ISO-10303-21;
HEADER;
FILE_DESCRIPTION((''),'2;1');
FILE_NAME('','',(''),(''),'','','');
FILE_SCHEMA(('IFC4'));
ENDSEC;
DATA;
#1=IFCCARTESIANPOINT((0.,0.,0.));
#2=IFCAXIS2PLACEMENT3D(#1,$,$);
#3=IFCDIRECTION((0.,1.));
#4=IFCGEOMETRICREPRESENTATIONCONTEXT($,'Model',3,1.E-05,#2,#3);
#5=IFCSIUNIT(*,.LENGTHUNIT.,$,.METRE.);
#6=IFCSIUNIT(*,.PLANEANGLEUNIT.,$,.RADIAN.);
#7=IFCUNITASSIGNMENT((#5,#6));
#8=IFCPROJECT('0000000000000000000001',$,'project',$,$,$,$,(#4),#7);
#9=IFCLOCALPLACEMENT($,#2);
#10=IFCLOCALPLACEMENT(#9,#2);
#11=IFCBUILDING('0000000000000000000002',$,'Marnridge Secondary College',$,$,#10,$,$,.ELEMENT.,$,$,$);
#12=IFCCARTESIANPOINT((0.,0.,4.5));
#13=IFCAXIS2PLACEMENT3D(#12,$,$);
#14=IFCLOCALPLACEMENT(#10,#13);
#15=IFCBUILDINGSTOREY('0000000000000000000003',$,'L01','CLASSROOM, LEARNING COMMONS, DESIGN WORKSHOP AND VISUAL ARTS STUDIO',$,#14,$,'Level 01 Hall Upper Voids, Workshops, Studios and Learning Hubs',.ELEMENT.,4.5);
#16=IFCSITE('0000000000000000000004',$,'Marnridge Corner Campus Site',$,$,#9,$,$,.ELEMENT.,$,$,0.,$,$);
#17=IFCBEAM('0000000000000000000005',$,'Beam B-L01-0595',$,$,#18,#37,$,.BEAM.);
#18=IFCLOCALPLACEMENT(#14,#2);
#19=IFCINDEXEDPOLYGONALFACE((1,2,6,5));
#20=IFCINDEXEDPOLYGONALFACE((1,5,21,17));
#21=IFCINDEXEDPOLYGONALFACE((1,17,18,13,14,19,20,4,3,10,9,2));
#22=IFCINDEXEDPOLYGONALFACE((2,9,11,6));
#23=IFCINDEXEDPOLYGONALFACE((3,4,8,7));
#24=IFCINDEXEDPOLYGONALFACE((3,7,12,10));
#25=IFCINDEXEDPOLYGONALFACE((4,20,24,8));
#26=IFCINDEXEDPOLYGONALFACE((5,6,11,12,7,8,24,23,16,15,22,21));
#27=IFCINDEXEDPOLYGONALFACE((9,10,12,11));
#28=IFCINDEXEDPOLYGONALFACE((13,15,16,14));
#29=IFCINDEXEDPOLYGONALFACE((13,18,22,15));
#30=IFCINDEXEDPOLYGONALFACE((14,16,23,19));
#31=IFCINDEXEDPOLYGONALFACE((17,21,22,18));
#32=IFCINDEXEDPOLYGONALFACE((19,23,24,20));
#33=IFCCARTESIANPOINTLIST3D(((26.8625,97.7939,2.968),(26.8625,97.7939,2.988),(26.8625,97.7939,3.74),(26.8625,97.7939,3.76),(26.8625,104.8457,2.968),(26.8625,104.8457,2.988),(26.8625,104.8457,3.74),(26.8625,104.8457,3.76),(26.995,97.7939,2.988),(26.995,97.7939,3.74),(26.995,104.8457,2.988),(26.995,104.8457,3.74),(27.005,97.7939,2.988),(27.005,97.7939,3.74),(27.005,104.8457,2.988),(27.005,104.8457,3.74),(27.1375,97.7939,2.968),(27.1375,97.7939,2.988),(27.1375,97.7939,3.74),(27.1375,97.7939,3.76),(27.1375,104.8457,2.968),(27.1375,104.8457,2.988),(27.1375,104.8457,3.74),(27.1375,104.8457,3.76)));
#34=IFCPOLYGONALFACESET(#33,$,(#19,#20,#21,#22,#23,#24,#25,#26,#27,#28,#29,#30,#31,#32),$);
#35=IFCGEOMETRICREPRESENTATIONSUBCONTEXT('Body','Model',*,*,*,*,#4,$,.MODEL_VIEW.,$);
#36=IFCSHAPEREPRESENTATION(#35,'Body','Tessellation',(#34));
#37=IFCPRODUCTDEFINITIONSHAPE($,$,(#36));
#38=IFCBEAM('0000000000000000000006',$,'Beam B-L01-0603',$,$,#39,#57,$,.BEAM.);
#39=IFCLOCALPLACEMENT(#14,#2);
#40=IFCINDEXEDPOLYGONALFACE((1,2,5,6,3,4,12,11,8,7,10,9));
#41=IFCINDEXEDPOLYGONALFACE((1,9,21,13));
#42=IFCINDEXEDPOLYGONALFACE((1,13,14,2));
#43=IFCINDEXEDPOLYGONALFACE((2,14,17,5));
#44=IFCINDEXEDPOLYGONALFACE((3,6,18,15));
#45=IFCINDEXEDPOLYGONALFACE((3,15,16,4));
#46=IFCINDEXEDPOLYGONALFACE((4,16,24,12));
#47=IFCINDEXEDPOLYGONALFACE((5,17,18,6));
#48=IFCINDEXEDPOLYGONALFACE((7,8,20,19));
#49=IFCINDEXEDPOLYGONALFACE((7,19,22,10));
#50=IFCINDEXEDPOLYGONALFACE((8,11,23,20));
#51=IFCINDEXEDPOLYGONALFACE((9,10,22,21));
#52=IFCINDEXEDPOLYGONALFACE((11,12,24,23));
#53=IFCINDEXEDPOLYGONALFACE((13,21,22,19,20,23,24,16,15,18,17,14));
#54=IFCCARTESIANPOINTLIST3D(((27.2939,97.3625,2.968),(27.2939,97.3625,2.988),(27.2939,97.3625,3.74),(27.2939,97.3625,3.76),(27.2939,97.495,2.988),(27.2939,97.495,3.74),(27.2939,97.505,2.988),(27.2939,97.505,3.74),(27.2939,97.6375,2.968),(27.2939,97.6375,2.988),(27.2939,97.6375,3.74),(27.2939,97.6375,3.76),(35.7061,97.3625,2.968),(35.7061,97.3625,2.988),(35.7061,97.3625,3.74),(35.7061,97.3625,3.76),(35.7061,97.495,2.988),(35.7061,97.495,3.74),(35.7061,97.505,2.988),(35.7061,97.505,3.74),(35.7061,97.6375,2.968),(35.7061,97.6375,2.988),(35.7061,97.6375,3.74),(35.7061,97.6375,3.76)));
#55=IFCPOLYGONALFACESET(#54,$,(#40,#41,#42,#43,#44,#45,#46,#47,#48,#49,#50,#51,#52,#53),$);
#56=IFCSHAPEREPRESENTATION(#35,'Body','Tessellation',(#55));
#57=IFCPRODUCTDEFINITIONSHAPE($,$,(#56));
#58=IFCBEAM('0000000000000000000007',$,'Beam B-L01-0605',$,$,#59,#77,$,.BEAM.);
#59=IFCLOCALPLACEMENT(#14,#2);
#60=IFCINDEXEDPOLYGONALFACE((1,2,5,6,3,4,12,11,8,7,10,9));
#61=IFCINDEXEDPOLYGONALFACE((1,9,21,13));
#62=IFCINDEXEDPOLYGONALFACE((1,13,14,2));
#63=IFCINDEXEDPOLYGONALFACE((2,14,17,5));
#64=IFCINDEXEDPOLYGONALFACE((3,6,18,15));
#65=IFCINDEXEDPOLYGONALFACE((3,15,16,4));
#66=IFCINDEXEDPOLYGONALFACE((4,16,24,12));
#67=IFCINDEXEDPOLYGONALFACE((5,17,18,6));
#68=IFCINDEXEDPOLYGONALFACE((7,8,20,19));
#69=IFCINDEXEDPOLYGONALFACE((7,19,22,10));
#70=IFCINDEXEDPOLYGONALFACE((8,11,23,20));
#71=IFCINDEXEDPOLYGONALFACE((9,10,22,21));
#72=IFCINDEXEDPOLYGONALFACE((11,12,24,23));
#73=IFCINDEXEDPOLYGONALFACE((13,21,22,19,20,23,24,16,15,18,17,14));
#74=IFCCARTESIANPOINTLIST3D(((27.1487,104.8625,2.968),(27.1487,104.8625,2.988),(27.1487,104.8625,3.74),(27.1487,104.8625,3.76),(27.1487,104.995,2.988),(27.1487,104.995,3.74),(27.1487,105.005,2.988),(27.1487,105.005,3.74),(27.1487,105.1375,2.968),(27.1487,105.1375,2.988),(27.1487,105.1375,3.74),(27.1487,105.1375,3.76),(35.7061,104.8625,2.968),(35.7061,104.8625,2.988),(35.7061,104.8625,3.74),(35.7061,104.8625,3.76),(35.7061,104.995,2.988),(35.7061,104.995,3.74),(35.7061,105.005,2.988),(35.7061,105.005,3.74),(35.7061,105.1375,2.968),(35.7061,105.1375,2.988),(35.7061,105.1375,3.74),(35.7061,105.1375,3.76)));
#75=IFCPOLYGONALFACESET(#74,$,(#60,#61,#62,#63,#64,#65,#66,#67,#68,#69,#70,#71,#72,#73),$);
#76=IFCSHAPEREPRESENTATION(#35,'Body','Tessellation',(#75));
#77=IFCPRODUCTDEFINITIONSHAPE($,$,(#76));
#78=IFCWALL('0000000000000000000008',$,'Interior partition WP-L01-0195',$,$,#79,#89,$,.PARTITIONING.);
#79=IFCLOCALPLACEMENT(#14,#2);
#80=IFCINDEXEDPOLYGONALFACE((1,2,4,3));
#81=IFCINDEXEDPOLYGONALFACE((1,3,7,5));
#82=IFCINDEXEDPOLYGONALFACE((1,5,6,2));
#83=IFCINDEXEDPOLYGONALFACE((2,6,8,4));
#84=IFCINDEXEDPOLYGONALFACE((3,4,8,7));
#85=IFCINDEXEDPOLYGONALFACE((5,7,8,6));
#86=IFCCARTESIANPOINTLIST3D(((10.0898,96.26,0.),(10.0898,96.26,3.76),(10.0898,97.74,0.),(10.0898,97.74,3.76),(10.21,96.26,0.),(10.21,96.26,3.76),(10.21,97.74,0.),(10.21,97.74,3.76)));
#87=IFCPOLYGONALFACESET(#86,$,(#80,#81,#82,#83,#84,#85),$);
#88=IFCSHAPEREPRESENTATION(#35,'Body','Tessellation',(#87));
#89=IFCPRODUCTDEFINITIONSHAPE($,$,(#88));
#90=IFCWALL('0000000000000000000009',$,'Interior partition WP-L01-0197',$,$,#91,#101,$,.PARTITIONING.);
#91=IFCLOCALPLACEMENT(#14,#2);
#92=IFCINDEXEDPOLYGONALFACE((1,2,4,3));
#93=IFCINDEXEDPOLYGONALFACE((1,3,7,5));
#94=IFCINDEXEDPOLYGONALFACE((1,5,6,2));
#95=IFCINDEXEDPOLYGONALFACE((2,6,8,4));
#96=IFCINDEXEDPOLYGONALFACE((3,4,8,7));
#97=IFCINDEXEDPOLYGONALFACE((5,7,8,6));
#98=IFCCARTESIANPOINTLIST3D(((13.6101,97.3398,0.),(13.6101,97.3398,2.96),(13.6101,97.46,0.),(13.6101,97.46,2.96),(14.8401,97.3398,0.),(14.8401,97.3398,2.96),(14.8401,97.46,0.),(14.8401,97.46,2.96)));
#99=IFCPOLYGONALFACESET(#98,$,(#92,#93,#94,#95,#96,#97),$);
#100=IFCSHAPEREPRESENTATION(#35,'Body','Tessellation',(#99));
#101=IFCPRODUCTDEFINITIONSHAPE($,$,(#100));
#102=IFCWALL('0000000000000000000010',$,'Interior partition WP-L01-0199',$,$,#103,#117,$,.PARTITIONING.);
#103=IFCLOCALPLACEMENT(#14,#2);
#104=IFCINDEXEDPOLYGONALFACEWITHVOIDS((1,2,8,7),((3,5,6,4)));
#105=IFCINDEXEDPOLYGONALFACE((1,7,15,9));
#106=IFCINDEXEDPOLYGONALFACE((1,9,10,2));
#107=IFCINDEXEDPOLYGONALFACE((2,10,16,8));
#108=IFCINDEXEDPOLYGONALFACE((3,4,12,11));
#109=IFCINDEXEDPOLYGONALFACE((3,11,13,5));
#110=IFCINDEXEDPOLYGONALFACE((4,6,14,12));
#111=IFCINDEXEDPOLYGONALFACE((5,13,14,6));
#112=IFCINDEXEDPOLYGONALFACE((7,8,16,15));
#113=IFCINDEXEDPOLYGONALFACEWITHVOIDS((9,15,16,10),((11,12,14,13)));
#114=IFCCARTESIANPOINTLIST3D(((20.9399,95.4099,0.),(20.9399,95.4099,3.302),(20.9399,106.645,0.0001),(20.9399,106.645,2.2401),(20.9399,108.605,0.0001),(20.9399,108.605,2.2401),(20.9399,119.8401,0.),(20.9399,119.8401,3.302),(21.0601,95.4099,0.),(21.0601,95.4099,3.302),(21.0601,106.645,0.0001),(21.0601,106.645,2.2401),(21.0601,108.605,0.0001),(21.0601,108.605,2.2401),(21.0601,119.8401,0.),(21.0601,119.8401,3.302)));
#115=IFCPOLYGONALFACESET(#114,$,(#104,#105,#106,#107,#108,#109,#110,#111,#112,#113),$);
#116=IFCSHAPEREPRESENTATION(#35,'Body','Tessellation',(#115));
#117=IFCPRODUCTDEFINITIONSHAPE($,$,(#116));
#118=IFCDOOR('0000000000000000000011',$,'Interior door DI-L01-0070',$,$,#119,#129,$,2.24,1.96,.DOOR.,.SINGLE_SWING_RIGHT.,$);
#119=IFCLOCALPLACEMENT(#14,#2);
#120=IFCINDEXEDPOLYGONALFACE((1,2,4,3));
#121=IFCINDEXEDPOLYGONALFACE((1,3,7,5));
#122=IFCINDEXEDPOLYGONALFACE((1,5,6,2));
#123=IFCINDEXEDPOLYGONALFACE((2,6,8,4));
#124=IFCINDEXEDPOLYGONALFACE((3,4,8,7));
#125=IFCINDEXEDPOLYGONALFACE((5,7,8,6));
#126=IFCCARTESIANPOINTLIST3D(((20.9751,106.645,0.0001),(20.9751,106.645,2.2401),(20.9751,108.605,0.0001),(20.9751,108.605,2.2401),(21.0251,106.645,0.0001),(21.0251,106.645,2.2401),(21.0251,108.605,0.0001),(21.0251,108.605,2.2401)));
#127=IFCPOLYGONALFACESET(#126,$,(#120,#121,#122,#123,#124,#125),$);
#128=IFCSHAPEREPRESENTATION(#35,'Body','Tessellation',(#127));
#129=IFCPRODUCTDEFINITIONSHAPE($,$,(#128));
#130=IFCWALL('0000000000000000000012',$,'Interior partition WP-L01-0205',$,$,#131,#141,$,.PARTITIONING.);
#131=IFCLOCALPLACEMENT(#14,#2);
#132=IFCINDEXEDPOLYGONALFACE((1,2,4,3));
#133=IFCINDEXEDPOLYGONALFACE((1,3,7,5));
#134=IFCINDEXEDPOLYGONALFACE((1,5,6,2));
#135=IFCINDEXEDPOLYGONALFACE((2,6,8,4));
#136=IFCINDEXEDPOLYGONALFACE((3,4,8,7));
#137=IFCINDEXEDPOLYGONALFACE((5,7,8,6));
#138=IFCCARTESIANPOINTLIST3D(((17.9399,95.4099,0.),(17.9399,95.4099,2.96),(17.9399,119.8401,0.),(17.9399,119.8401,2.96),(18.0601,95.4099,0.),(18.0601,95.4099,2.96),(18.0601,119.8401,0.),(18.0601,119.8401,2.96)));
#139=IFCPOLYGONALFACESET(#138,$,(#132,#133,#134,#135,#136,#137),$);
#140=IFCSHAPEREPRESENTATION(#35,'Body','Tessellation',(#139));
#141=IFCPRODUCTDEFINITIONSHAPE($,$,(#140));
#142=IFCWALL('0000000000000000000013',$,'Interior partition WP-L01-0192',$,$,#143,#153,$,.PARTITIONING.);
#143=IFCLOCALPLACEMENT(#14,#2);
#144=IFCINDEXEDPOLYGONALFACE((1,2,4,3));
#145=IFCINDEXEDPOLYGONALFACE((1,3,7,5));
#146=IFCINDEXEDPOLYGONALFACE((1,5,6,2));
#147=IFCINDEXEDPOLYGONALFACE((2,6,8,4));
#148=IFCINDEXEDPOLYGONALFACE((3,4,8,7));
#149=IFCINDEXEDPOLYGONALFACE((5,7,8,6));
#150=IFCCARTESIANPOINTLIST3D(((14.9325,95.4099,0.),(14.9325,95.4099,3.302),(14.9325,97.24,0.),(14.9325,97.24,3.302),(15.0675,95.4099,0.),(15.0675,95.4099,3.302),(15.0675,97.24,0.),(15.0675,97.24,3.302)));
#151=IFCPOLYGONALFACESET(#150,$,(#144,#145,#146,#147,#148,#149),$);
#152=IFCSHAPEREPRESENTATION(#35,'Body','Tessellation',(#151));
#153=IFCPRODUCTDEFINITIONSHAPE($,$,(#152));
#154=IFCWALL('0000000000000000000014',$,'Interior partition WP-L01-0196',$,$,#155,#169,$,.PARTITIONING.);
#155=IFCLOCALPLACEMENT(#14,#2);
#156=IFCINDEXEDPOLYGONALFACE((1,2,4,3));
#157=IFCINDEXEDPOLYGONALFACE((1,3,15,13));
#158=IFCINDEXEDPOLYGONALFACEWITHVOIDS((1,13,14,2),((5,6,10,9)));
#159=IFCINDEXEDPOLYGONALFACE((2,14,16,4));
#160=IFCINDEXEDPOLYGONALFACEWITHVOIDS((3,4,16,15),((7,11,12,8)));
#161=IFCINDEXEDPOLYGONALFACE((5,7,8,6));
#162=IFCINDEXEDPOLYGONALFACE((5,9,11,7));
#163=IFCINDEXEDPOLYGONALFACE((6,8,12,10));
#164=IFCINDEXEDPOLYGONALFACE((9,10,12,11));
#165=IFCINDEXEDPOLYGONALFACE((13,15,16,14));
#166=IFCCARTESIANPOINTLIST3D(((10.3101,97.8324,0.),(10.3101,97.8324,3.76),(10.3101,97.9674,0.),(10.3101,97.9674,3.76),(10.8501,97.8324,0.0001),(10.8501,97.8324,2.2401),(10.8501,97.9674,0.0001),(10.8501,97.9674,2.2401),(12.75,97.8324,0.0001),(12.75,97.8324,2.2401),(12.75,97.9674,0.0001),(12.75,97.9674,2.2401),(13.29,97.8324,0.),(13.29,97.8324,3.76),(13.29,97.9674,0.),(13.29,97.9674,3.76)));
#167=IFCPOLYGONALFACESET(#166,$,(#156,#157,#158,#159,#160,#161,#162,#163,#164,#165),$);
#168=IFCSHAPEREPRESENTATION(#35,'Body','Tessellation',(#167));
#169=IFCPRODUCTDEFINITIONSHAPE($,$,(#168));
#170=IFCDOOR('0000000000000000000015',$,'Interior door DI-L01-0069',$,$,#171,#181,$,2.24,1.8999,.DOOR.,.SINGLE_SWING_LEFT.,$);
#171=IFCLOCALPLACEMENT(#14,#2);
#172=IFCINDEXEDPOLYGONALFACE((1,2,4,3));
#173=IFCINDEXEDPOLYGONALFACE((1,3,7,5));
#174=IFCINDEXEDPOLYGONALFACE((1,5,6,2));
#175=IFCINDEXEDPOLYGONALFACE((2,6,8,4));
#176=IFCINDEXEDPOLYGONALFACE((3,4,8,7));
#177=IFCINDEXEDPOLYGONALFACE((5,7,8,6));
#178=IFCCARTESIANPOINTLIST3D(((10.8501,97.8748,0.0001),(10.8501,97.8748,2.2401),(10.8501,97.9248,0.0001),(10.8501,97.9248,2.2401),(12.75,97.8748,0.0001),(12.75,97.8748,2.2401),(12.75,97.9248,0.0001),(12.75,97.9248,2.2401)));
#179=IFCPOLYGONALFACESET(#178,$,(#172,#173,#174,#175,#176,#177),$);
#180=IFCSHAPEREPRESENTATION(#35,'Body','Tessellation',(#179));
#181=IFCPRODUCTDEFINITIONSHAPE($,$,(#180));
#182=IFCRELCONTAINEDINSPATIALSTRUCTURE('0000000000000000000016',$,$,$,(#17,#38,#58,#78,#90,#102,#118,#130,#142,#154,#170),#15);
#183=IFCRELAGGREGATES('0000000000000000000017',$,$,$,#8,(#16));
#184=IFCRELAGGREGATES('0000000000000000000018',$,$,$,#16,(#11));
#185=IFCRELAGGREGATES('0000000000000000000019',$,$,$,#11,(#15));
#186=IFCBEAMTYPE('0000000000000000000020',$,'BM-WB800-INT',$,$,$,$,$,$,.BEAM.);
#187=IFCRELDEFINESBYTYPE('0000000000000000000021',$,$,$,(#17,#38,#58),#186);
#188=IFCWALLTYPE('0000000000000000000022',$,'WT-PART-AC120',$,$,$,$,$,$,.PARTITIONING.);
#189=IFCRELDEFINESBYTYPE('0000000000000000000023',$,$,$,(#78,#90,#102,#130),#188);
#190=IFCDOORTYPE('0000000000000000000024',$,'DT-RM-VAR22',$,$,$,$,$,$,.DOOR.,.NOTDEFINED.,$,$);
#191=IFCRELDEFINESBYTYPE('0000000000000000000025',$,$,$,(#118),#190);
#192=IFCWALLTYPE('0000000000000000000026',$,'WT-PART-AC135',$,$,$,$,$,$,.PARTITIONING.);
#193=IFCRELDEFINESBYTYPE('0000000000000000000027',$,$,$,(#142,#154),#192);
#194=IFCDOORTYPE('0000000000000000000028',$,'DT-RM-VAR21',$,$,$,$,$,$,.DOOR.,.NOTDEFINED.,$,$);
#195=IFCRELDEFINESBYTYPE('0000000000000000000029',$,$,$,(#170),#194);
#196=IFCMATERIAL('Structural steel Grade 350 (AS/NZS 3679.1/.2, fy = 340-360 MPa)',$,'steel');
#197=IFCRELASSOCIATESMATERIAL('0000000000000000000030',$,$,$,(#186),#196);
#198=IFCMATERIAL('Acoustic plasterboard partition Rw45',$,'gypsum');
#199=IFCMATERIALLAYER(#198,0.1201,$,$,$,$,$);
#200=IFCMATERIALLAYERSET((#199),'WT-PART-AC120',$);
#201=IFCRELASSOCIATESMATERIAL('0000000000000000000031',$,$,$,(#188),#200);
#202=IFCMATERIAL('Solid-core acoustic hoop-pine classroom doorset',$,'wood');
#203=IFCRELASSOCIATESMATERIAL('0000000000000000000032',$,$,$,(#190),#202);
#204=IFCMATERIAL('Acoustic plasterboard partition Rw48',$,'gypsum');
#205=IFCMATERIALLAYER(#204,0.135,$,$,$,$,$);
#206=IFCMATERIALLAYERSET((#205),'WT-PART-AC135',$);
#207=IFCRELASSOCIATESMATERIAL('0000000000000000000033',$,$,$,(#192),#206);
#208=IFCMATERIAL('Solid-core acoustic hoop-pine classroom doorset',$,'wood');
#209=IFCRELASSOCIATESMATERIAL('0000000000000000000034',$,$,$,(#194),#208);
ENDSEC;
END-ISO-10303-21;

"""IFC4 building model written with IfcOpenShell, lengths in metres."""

from ifc_helpers import new_model, si_unit, direction, frame, frame_2d, origin, origin_2d, place, context, subcontext, project, spatial, rectangle, i_section, extrude, material, layer, layer_set, material_profile, profile_set, type_object, element, fill, save


model = new_model("IFC4")

# Units and contexts
model_context = context("Model", 3, precision=1e-05, world=origin(), true_north=direction((0.0, 1.0)))
body_context = subcontext(model_context, "Body", "Model", "MODEL_VIEW")
ifc_project = project(units=[si_unit("LENGTHUNIT", "METRE"), si_unit("PLANEANGLEUNIT", "RADIAN")], contexts=[model_context])

# Site, building, storey
site_placement = place(None, origin())
site = spatial("IfcSite", under=ifc_project, at=site_placement, Name="Marnridge Corner Campus Site", CompositionType="ELEMENT", RefElevation=0.0)
building_placement = place(site_placement, origin())
building = spatial("IfcBuilding", under=site, at=building_placement, Name="Marnridge Secondary College", CompositionType="ELEMENT")
storey_placement = place(building_placement, frame((0.0, 0.0, 4.5)))
storey = spatial("IfcBuildingStorey", under=building, at=storey_placement, Name="L01", Description="CLASSROOM, LEARNING COMMONS, DESIGN WORKSHOP AND VISUAL ARTS STUDIO", LongName="Level 01 Hall Upper Voids, Workshops, Studios and Learning Hubs", CompositionType="ELEMENT", Elevation=4.5)

# Beams
ifc_material_1 = material(Name="Structural steel Grade 350 (AS/NZS 3679.1/.2, fy = 340-360 MPa)", Category="steel")
ifc_material_profile_1 = material_profile(ifc_material_1, i_section(OverallWidth=0.2749, OverallDepth=0.792, WebThickness=0.01, FlangeThickness=0.02, at=origin_2d()), Name="800WB146")
ifc_profile_set_1 = profile_set([ifc_material_profile_1], Name="Structural steel Grade 350 (AS/NZS 3679.1/.2, fy = 340-360 MPa)")
beam_type_1 = type_object("IfcBeamType", Name="BM-WB800-INT", PredefinedType="BEAM", material=ifc_profile_set_1)
beam_1_placement = place(storey_placement, frame((27.0, 97.7939, 3.364), z_axis=(0.0, 1.0, 0.0), x_axis=(-1.0, 0.0, 0.0)))
element("IfcBeam", 1, at=beam_1_placement, inside=storey, type_object=beam_type_1, Name="Beam B-L01-0595", PredefinedType="BEAM", context=body_context, shape_type="SweptSolid", body=[
    extrude(i_section(OverallWidth=0.2749, OverallDepth=0.792, WebThickness=0.01, FlangeThickness=0.02, at=origin_2d()), origin(), (0.0, 0.0, 1.0), 7.0518),
])
beam_2_placement = place(storey_placement, frame((27.2939, 97.5, 3.364), z_axis=(1.0, 0.0, 0.0), x_axis=(0.0, 1.0, 0.0)))
element("IfcBeam", 2, at=beam_2_placement, inside=storey, type_object=beam_type_1, Name="Beam B-L01-0603", PredefinedType="BEAM", context=body_context, shape_type="SweptSolid", body=[
    extrude(i_section(OverallWidth=0.2749, OverallDepth=0.792, WebThickness=0.01, FlangeThickness=0.02, at=origin_2d()), origin(), (0.0, 0.0, 1.0), 8.4121),
])
beam_3_placement = place(storey_placement, frame((27.1487, 105.0, 3.364), z_axis=(1.0, 0.0, 0.0), x_axis=(0.0, 1.0, 0.0)))
element("IfcBeam", 3, at=beam_3_placement, inside=storey, type_object=beam_type_1, Name="Beam B-L01-0605", PredefinedType="BEAM", context=body_context, shape_type="SweptSolid", body=[
    extrude(i_section(OverallWidth=0.2749, OverallDepth=0.792, WebThickness=0.01, FlangeThickness=0.02, at=origin_2d()), origin(), (0.0, 0.0, 1.0), 8.5574),
])

# Walls
ifc_material_2 = material(Name="Acoustic plasterboard partition Rw45", Category="gypsum")
ifc_layer_1 = layer(ifc_material_2, 0.1201)
ifc_layer_set_1 = layer_set([ifc_layer_1], Name="WT-PART-AC120")
wall_type_1 = type_object("IfcWallType", Name="WT-PART-AC120", PredefinedType="PARTITIONING", material=ifc_layer_set_1)
wall_1_placement = place(storey_placement, frame((10.1499, 96.26, 0.0), z_axis=(0.0, 0.0, 1.0), x_axis=(0.0, 1.0, 0.0)))
element("IfcWall", 4, at=wall_1_placement, inside=storey, type_object=wall_type_1, Name="Interior partition WP-L01-0195", PredefinedType="PARTITIONING", context=body_context, shape_type="SweptSolid", body=[
    extrude(rectangle(XDim=1.48, YDim=0.1201, at=frame_2d((0.74, 0.0))), origin(), (0.0, 0.0, 1.0), 3.76),
])
wall_2_placement = place(storey_placement, frame((13.6101, 97.3999, 0.0), z_axis=(0.0, 0.0, 1.0), x_axis=(1.0, 0.0, 0.0)))
element("IfcWall", 5, at=wall_2_placement, inside=storey, type_object=wall_type_1, Name="Interior partition WP-L01-0197", PredefinedType="PARTITIONING", context=body_context, shape_type="SweptSolid", body=[
    extrude(rectangle(XDim=1.23, YDim=0.1201, at=frame_2d((0.615, 0.0))), origin(), (0.0, 0.0, 1.0), 2.96),
])

# Wall, opening, door
wall_3_placement = place(storey_placement, frame((21.0, 95.4099, 0.0), z_axis=(0.0, 0.0, 1.0), x_axis=(0.0, 1.0, 0.0)))
wall_3 = element("IfcWall", 6, at=wall_3_placement, inside=storey, type_object=wall_type_1, Name="Interior partition WP-L01-0199", PredefinedType="PARTITIONING", context=body_context, shape_type="SweptSolid", body=[
    extrude(rectangle(XDim=24.4302, YDim=0.1201, at=frame_2d((12.2151, 0.0))), origin(), (0.0, 0.0, 1.0), 3.302),
])
opening_1_placement = place(wall_3_placement, frame((11.2351, 0.0, 0.0)))
opening_1 = element("IfcOpeningElement", 7, at=opening_1_placement, cuts=wall_3, PredefinedType="OPENING", context=body_context, shape_type="SweptSolid", body=[
    extrude(rectangle(XDim=1.96, YDim=2.24, at=frame_2d((0.98, 1.1201))), frame((0.0, 0.0701, 0.0), z_axis=(0.0, -1.0, 0.0), x_axis=(1.0, 0.0, 0.0)), (0.0, 0.0, 1.0), 0.1401),
])
ifc_material_3 = material(Name="Solid-core acoustic hoop-pine classroom doorset", Category="wood")
door_type_1 = type_object("IfcDoorType", Name="DT-RM-VAR22", OperationType="NOTDEFINED", PredefinedType="DOOR", material=ifc_material_3)
door_1_placement = place(opening_1_placement, origin())
door_1 = element("IfcDoor", 8, at=door_1_placement, inside=storey, type_object=door_type_1, Name="Interior door DI-L01-0070", OperationType="SINGLE_SWING_RIGHT", OverallHeight=2.24, OverallWidth=1.96, PredefinedType="DOOR", context=body_context, shape_type="SweptSolid", body=[
    extrude(rectangle(XDim=1.96, YDim=2.24, at=frame_2d((0.98, 1.1201))), frame((0.0, 0.0249, 0.0), z_axis=(0.0, -1.0, 0.0), x_axis=(1.0, 0.0, 0.0)), (0.0, 0.0, 1.0), 0.05),
])
fill(opening_1, door_1)

# Walls
wall_4_placement = place(storey_placement, frame((18.0, 95.4099, 0.0), z_axis=(0.0, 0.0, 1.0), x_axis=(0.0, 1.0, 0.0)))
element("IfcWall", 9, at=wall_4_placement, inside=storey, type_object=wall_type_1, Name="Interior partition WP-L01-0205", PredefinedType="PARTITIONING", context=body_context, shape_type="SweptSolid", body=[
    extrude(rectangle(XDim=24.4302, YDim=0.1201, at=frame_2d((12.2151, 0.0))), origin(), (0.0, 0.0, 1.0), 2.96),
])
ifc_material_4 = material(Name="Acoustic plasterboard partition Rw48", Category="gypsum")
ifc_layer_2 = layer(ifc_material_4, 0.135)
ifc_layer_set_2 = layer_set([ifc_layer_2], Name="WT-PART-AC135")
wall_type_2 = type_object("IfcWallType", Name="WT-PART-AC135", PredefinedType="PARTITIONING", material=ifc_layer_set_2)
wall_5_placement = place(storey_placement, frame((15.0, 97.24, 0.0), z_axis=(0.0, 0.0, 1.0), x_axis=(0.0, -1.0, 0.0)))
element("IfcWall", 10, at=wall_5_placement, inside=storey, type_object=wall_type_2, Name="Interior partition WP-L01-0192", PredefinedType="PARTITIONING", context=body_context, shape_type="SweptSolid", body=[
    extrude(rectangle(XDim=1.8301, YDim=0.135, at=frame_2d((0.915, 0.0))), origin(), (0.0, 0.0, 1.0), 3.302),
])

# Wall, opening, door
wall_6_placement = place(storey_placement, frame((10.3101, 97.8999, 0.0), z_axis=(0.0, 0.0, 1.0), x_axis=(1.0, 0.0, 0.0)))
wall_6 = element("IfcWall", 11, at=wall_6_placement, inside=storey, type_object=wall_type_2, Name="Interior partition WP-L01-0196", PredefinedType="PARTITIONING", context=body_context, shape_type="SweptSolid", body=[
    extrude(rectangle(XDim=2.98, YDim=0.135, at=frame_2d((1.49, 0.0))), origin(), (0.0, 0.0, 1.0), 3.76),
])
opening_2_placement = place(wall_6_placement, frame((0.54, 0.0, 0.0)))
opening_2 = element("IfcOpeningElement", 12, at=opening_2_placement, cuts=wall_6, PredefinedType="OPENING", context=body_context, shape_type="SweptSolid", body=[
    extrude(rectangle(XDim=1.8999, YDim=2.24, at=frame_2d((0.95, 1.1201))), frame((0.0, 0.0774, 0.0), z_axis=(0.0, -1.0, 0.0), x_axis=(1.0, 0.0, 0.0)), (0.0, 0.0, 1.0), 0.155),
])
ifc_material_5 = material(Name="Solid-core acoustic hoop-pine classroom doorset", Category="wood")
door_type_2 = type_object("IfcDoorType", Name="DT-RM-VAR21", OperationType="NOTDEFINED", PredefinedType="DOOR", material=ifc_material_5)
door_2_placement = place(opening_2_placement, origin())
door_2 = element("IfcDoor", 13, at=door_2_placement, inside=storey, type_object=door_type_2, Name="Interior door DI-L01-0069", OperationType="SINGLE_SWING_LEFT", OverallHeight=2.24, OverallWidth=1.8999, PredefinedType="DOOR", context=body_context, shape_type="SweptSolid", body=[
    extrude(rectangle(XDim=1.8999, YDim=2.24, at=frame_2d((0.95, 1.1201))), frame((0.0, 0.0249, 0.0), z_axis=(0.0, -1.0, 0.0), x_axis=(1.0, 0.0, 0.0)), (0.0, 0.0, 1.0), 0.05),
])
fill(opening_2, door_2)

save(model, "model.ifc")
